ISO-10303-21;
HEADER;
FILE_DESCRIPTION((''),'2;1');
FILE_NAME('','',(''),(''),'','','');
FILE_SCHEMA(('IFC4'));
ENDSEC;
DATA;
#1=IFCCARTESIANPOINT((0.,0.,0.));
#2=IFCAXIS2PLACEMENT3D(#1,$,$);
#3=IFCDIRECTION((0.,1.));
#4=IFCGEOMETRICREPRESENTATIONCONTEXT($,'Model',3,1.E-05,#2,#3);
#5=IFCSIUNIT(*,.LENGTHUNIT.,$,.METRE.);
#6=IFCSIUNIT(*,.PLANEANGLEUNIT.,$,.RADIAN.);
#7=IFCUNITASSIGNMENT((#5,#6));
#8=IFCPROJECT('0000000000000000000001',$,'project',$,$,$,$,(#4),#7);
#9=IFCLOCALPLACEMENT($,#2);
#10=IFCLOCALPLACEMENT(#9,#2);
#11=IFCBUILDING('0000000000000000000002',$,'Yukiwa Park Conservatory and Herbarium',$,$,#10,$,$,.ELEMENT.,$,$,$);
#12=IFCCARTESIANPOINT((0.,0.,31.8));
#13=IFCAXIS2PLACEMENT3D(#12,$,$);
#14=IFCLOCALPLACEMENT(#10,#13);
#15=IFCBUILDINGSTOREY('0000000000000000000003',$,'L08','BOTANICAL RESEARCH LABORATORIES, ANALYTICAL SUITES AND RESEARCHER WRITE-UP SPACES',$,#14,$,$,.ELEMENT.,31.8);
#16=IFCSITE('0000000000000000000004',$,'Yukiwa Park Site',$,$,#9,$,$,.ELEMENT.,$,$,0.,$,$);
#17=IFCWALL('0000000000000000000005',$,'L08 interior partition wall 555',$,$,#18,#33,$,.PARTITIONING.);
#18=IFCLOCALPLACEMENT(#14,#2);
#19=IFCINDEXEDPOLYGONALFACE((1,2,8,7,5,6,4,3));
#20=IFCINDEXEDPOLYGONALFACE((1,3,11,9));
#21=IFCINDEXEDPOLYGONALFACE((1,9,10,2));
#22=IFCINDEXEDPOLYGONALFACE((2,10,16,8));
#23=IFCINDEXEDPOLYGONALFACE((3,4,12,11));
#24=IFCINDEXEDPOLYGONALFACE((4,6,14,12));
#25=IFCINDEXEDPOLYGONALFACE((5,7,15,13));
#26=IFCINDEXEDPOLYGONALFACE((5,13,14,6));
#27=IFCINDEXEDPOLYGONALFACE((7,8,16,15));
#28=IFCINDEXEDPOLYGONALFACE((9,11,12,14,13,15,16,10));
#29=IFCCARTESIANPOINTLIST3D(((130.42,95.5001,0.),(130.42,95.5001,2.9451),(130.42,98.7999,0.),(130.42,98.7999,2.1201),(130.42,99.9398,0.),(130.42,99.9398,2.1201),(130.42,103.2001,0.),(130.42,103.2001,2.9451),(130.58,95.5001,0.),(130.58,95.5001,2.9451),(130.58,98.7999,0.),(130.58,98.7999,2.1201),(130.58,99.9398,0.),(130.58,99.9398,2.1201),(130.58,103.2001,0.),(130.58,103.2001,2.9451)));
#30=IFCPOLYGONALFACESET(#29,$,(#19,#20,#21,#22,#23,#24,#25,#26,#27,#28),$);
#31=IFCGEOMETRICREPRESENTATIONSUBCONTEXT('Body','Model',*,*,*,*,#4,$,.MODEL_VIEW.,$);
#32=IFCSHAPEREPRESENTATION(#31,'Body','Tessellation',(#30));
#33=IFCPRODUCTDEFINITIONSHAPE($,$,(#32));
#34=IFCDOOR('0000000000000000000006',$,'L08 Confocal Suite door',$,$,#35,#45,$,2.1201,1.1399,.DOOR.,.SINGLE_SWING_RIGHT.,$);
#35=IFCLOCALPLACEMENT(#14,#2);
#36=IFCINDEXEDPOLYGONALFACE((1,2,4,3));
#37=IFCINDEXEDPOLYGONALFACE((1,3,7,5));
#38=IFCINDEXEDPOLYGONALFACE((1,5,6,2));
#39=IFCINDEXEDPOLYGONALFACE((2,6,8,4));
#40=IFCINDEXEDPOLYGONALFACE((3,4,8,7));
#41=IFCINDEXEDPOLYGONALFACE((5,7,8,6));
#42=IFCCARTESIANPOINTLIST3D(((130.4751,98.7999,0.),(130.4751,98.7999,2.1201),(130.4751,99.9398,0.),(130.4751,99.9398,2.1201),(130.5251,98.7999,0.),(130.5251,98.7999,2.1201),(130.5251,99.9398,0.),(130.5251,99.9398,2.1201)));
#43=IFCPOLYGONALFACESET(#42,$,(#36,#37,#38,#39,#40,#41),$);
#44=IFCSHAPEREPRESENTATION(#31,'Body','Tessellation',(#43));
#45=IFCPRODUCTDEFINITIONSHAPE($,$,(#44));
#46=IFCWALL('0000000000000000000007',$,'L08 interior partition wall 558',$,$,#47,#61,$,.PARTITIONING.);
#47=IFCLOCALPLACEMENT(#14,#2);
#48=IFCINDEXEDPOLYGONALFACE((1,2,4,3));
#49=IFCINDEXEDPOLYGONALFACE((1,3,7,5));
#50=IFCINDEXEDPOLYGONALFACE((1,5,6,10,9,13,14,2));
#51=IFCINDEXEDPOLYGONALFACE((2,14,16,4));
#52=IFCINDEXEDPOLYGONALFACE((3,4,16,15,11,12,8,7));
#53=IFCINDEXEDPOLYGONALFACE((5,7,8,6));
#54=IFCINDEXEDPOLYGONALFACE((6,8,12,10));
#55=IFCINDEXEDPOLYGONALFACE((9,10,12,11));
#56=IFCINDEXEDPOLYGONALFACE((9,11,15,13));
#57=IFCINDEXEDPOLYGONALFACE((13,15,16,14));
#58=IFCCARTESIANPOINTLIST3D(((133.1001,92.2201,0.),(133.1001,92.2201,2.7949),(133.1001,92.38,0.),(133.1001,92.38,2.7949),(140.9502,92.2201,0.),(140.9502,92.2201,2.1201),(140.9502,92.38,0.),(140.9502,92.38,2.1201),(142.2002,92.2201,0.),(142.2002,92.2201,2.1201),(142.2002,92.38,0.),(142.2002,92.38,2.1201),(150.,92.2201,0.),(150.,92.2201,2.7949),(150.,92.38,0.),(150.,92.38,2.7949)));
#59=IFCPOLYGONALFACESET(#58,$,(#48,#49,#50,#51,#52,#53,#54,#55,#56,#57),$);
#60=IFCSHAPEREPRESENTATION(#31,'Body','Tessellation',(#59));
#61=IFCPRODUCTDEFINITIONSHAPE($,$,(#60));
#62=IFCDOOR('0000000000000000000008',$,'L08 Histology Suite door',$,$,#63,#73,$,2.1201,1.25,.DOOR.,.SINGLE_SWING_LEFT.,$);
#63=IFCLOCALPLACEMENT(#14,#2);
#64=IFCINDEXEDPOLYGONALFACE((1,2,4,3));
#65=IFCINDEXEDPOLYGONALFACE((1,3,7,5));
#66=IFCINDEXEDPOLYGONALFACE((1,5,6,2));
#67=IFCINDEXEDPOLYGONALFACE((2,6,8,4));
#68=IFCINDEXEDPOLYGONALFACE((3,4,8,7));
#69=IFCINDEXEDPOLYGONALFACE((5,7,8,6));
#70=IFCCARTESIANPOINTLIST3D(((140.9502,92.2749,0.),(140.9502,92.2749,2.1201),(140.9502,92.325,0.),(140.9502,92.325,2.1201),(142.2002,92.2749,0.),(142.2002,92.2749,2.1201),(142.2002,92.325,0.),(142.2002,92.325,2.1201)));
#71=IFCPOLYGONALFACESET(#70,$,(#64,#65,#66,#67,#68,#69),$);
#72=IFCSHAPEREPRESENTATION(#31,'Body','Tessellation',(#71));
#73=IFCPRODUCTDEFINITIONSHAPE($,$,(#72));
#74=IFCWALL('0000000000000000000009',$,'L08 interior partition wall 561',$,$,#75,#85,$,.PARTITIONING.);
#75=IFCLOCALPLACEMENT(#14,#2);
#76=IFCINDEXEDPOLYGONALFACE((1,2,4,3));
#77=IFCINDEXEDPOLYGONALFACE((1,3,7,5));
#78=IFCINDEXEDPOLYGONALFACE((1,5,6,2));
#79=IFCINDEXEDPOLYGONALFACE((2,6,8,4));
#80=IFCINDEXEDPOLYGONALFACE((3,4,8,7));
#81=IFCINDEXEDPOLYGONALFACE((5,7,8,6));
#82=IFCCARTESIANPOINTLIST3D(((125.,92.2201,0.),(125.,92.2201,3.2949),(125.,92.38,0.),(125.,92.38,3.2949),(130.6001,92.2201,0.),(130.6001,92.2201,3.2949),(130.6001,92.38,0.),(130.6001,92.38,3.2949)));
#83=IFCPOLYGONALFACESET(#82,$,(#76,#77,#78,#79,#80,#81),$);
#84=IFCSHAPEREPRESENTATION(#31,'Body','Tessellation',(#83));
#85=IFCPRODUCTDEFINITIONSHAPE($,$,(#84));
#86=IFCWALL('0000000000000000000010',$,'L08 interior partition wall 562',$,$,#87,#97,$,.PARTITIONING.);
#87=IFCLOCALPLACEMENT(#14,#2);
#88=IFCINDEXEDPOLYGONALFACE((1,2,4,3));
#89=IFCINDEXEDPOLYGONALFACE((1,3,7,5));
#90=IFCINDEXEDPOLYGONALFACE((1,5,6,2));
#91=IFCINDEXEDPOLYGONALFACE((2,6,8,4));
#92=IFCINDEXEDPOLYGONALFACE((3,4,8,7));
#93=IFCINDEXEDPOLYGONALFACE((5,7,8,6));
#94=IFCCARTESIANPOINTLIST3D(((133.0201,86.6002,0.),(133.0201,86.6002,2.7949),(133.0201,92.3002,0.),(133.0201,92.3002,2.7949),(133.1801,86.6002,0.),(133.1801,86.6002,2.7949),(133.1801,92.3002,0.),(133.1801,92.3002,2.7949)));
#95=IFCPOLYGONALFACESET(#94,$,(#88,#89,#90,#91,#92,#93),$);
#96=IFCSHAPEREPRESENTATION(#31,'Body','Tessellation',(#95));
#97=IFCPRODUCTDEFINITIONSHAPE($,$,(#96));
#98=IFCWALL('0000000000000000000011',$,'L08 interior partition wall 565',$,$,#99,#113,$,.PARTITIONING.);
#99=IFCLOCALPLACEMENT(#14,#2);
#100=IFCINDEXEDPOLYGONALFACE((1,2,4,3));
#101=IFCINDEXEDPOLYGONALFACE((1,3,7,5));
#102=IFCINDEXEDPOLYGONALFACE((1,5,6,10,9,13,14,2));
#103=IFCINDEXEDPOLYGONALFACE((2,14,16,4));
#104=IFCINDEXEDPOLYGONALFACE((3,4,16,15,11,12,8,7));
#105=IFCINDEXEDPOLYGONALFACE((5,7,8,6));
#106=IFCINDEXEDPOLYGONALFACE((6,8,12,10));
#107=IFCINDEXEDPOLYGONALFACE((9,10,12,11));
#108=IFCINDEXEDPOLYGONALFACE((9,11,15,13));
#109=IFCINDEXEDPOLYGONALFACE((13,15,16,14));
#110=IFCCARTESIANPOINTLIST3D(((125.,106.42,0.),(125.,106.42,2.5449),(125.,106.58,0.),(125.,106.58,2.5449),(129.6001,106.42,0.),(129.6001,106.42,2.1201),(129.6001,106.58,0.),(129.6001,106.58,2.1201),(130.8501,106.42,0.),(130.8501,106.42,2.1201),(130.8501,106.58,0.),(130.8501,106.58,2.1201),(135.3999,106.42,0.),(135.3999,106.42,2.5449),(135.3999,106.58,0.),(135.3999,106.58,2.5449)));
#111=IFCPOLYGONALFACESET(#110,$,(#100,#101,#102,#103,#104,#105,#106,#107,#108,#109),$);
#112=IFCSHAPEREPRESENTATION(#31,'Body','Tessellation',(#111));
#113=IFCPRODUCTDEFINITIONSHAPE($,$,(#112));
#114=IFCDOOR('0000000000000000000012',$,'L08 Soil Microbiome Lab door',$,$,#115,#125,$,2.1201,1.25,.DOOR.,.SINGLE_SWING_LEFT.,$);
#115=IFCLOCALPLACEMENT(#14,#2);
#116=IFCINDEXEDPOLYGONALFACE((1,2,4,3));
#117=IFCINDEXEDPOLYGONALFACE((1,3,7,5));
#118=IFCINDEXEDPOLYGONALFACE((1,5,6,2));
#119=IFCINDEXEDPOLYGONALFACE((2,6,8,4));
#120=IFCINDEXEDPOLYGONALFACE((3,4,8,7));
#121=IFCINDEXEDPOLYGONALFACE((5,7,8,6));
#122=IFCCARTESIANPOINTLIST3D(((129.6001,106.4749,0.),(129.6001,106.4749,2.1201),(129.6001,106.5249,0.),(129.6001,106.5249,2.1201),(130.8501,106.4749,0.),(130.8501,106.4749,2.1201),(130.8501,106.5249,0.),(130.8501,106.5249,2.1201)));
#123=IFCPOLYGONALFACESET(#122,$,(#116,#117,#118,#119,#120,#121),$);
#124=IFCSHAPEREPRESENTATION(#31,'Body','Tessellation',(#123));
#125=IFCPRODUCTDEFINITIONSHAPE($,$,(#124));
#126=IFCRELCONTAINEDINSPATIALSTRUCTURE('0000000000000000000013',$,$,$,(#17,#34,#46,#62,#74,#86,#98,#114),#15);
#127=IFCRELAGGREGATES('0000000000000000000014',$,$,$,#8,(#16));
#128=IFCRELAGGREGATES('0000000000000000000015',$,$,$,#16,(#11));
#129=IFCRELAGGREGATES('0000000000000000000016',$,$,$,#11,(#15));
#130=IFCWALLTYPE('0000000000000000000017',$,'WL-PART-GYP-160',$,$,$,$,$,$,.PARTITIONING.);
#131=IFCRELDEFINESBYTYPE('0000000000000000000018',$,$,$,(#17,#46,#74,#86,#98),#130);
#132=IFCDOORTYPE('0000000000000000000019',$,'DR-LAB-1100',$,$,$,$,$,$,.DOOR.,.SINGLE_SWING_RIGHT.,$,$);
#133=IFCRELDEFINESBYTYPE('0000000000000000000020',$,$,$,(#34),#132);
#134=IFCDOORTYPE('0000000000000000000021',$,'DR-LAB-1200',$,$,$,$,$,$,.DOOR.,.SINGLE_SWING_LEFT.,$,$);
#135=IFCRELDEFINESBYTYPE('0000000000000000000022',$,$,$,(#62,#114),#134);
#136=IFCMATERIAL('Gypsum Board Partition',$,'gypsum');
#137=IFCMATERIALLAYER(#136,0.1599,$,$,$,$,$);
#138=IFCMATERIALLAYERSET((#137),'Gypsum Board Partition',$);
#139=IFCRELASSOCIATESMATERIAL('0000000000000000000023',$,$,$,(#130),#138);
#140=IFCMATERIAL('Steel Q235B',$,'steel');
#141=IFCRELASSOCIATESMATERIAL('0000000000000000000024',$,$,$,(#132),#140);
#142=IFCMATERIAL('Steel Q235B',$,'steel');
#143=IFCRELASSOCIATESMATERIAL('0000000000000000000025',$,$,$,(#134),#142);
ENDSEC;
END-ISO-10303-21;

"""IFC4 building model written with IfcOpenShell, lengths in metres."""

from ifc_helpers import new_model, si_unit, direction, frame, frame_2d, origin, place, context, subcontext, project, spatial, rectangle, extrude, material, layer, layer_set, type_object, element, fill, save


model = new_model("IFC4")

# Units and contexts
model_context = context("Model", 3, precision=1e-05, world=origin(), true_north=direction((0.0, 1.0)))
body_context = subcontext(model_context, "Body", "Model", "MODEL_VIEW")
ifc_project = project(units=[si_unit("LENGTHUNIT", "METRE"), si_unit("PLANEANGLEUNIT", "RADIAN")], contexts=[model_context])

# Site, building, storey
site_placement = place(None, origin())
site = spatial("IfcSite", under=ifc_project, at=site_placement, Name="Yukiwa Park Site", CompositionType="ELEMENT", RefElevation=0.0)
building_placement = place(site_placement, origin())
building = spatial("IfcBuilding", under=site, at=building_placement, Name="Yukiwa Park Conservatory and Herbarium", CompositionType="ELEMENT")
storey_placement = place(building_placement, frame((0.0, 0.0, 31.8)))
storey = spatial("IfcBuildingStorey", under=building, at=storey_placement, Name="L08", Description="BOTANICAL RESEARCH LABORATORIES, ANALYTICAL SUITES AND RESEARCHER WRITE-UP SPACES", CompositionType="ELEMENT", Elevation=31.8)

# Walls, openings, doors
ifc_material_1 = material(Name="Gypsum Board Partition", Category="gypsum")
ifc_layer_1 = layer(ifc_material_1, 0.1599)
ifc_layer_set_1 = layer_set([ifc_layer_1], Name="Gypsum Board Partition")
wall_type_1 = type_object("IfcWallType", Name="WL-PART-GYP-160", PredefinedType="PARTITIONING", material=ifc_layer_set_1)
ifc_material_2 = material(Name="Steel Q235B", Category="steel")
door_type_1 = type_object("IfcDoorType", Name="DR-LAB-1100", OperationType="SINGLE_SWING_RIGHT", PredefinedType="DOOR", material=ifc_material_2)
wall_1_placement = place(storey_placement, frame((130.5, 95.5, 0.0), z_axis=(0.0, 0.0, 1.0), x_axis=(0.0, 1.0, 0.0)))
wall_1 = element("IfcWall", 1, at=wall_1_placement, inside=storey, type_object=wall_type_1, Name="L08 interior partition wall 555", PredefinedType="PARTITIONING", context=body_context, shape_type="SweptSolid", body=[
    extrude(rectangle(XDim=7.7, YDim=0.1599, at=frame_2d((3.8501, 0.0))), origin(), (0.0, 0.0, 1.0), 2.9451),
])
opening_1_placement = place(wall_1_placement, frame((3.3, 0.0, 0.0)))
opening_1 = element("IfcOpeningElement", 2, at=opening_1_placement, cuts=wall_1, PredefinedType="OPENING", context=body_context, shape_type="SweptSolid", body=[
    extrude(rectangle(XDim=1.1399, YDim=2.1201, at=frame_2d((0.5698, 1.0601))), frame((0.0, 0.0898, 0.0), z_axis=(0.0, -1.0, 0.0), x_axis=(1.0, 0.0, 0.0)), (0.0, 0.0, 1.0), 0.1799),
])
door_1_placement = place(opening_1_placement, origin())
door_1 = element("IfcDoor", 3, at=door_1_placement, inside=storey, type_object=door_type_1, Name="L08 Confocal Suite door", OperationType="SINGLE_SWING_RIGHT", OverallHeight=2.1201, OverallWidth=1.1399, PredefinedType="DOOR", context=body_context, shape_type="SweptSolid", body=[
    extrude(rectangle(XDim=1.1399, YDim=2.1201, at=frame_2d((0.5698, 1.0601))), frame((0.0, 0.0249, 0.0), z_axis=(0.0, -1.0, 0.0), x_axis=(1.0, 0.0, 0.0)), (0.0, 0.0, 1.0), 0.05),
])
fill(opening_1, door_1)
wall_2_placement = place(storey_placement, frame((133.1001, 92.3, 0.0), z_axis=(0.0, 0.0, 1.0), x_axis=(1.0, 0.0, 0.0)))
wall_2 = element("IfcWall", 4, at=wall_2_placement, inside=storey, type_object=wall_type_1, Name="L08 interior partition wall 558", PredefinedType="PARTITIONING", context=body_context, shape_type="SweptSolid", body=[
    extrude(rectangle(XDim=16.8999, YDim=0.1599, at=frame_2d((8.45, 0.0))), origin(), (0.0, 0.0, 1.0), 2.7949),
])
opening_2_placement = place(wall_2_placement, frame((7.8501, 0.0, 0.0)))
opening_2 = element("IfcOpeningElement", 5, at=opening_2_placement, cuts=wall_2, PredefinedType="OPENING", context=body_context, shape_type="SweptSolid", body=[
    extrude(rectangle(XDim=1.25, YDim=2.1201, at=frame_2d((0.625, 1.0601))), frame((0.0, 0.0898, 0.0), z_axis=(0.0, -1.0, 0.0), x_axis=(1.0, 0.0, 0.0)), (0.0, 0.0, 1.0), 0.1799),
])
ifc_material_3 = material(Name="Steel Q235B", Category="steel")
door_type_2 = type_object("IfcDoorType", Name="DR-LAB-1200", OperationType="SINGLE_SWING_LEFT", PredefinedType="DOOR", material=ifc_material_3)
door_2_placement = place(opening_2_placement, origin())
door_2 = element("IfcDoor", 6, at=door_2_placement, inside=storey, type_object=door_type_2, Name="L08 Histology Suite door", OperationType="SINGLE_SWING_LEFT", OverallHeight=2.1201, OverallWidth=1.25, PredefinedType="DOOR", context=body_context, shape_type="SweptSolid", body=[
    extrude(rectangle(XDim=1.25, YDim=2.1201, at=frame_2d((0.625, 1.0601))), frame((0.0, 0.0249, 0.0), z_axis=(0.0, -1.0, 0.0), x_axis=(1.0, 0.0, 0.0)), (0.0, 0.0, 1.0), 0.05),
])
fill(opening_2, door_2)

# Walls
wall_3_placement = place(storey_placement, frame((125.0, 92.3, 0.0), z_axis=(0.0, 0.0, 1.0), x_axis=(1.0, 0.0, 0.0)))
element("IfcWall", 7, at=wall_3_placement, inside=storey, type_object=wall_type_1, Name="L08 interior partition wall 561", PredefinedType="PARTITIONING", context=body_context, shape_type="SweptSolid", body=[
    extrude(rectangle(XDim=5.6001, YDim=0.1599, at=frame_2d((2.8, 0.0))), origin(), (0.0, 0.0, 1.0), 3.2949),
])
wall_4_placement = place(storey_placement, frame((133.1001, 86.6001, 0.0), z_axis=(0.0, 0.0, 1.0), x_axis=(0.0, 1.0, 0.0)))
element("IfcWall", 8, at=wall_4_placement, inside=storey, type_object=wall_type_1, Name="L08 interior partition wall 562", PredefinedType="PARTITIONING", context=body_context, shape_type="SweptSolid", body=[
    extrude(rectangle(XDim=5.7, YDim=0.1599, at=frame_2d((2.8501, 0.0))), origin(), (0.0, 0.0, 1.0), 2.7949),
])

# Wall, opening, door
wall_5_placement = place(storey_placement, frame((125.0, 106.5, 0.0), z_axis=(0.0, 0.0, 1.0), x_axis=(1.0, 0.0, 0.0)))
wall_5 = element("IfcWall", 9, at=wall_5_placement, inside=storey, type_object=wall_type_1, Name="L08 interior partition wall 565", PredefinedType="PARTITIONING", context=body_context, shape_type="SweptSolid", body=[
    extrude(rectangle(XDim=10.3999, YDim=0.1599, at=frame_2d((5.2, 0.0))), origin(), (0.0, 0.0, 1.0), 2.5449),
])
opening_3_placement = place(wall_5_placement, frame((4.6001, 0.0, 0.0)))
opening_3 = element("IfcOpeningElement", 10, at=opening_3_placement, cuts=wall_5, PredefinedType="OPENING", context=body_context, shape_type="SweptSolid", body=[
    extrude(rectangle(XDim=1.25, YDim=2.1201, at=frame_2d((0.625, 1.0601))), frame((0.0, 0.0898, 0.0), z_axis=(0.0, -1.0, 0.0), x_axis=(1.0, 0.0, 0.0)), (0.0, 0.0, 1.0), 0.1799),
])
door_3_placement = place(opening_3_placement, origin())
door_3 = element("IfcDoor", 11, at=door_3_placement, inside=storey, type_object=door_type_2, Name="L08 Soil Microbiome Lab door", OperationType="SINGLE_SWING_LEFT", OverallHeight=2.1201, OverallWidth=1.25, PredefinedType="DOOR", context=body_context, shape_type="SweptSolid", body=[
    extrude(rectangle(XDim=1.25, YDim=2.1201, at=frame_2d((0.625, 1.0601))), frame((0.0, 0.0249, 0.0), z_axis=(0.0, -1.0, 0.0), x_axis=(1.0, 0.0, 0.0)), (0.0, 0.0, 1.0), 0.05),
])
fill(opening_3, door_3)

save(model, "model.ifc")
